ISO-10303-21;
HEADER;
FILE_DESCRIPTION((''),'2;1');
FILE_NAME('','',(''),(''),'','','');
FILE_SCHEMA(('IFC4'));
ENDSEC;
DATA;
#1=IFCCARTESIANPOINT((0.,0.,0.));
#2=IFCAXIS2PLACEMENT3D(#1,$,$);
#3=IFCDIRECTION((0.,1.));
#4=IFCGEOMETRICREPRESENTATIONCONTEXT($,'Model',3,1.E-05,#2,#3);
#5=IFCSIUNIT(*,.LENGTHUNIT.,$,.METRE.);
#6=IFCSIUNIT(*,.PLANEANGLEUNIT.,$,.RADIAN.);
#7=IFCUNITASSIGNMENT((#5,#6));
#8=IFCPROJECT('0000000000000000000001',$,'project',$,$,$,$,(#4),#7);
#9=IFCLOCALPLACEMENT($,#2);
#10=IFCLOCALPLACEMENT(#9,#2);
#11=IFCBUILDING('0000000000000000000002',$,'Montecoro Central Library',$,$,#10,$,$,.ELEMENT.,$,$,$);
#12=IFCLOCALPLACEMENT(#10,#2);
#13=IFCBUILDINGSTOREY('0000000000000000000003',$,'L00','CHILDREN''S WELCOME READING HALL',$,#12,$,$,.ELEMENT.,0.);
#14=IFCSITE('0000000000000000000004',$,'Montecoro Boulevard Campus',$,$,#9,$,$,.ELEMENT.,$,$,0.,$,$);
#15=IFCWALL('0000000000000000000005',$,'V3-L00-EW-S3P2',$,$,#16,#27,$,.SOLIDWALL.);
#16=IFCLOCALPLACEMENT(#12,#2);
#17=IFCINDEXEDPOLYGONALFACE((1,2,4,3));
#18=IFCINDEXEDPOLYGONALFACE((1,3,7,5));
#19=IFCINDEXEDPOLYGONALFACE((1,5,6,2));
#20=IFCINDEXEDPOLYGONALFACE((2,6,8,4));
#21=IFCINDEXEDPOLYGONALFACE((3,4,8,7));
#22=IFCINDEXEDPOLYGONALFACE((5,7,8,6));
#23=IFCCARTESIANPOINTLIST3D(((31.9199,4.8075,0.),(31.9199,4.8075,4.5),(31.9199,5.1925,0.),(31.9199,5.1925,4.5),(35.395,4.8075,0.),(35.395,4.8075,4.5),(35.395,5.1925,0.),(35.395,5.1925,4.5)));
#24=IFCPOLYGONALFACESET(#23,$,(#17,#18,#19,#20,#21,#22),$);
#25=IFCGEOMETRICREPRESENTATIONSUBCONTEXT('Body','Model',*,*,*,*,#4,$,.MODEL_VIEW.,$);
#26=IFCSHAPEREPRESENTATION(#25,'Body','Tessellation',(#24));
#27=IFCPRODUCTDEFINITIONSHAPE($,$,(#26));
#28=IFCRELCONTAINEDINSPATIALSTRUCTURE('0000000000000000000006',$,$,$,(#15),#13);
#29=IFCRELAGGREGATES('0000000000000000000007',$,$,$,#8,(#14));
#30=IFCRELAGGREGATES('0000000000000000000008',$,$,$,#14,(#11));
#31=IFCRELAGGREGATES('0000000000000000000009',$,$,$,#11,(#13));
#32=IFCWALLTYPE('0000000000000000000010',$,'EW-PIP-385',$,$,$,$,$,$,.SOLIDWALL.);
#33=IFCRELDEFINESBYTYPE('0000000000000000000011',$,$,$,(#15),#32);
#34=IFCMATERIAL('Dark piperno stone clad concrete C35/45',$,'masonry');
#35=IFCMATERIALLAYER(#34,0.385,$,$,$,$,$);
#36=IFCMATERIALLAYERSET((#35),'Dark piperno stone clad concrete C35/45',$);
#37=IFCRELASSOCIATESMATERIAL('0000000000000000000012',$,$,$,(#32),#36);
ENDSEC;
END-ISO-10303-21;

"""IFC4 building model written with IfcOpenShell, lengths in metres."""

from ifc_helpers import new_model, si_unit, direction, frame, frame_2d, origin, place, context, subcontext, project, spatial, rectangle, extrude, material, layer, layer_set, type_object, element, save


model = new_model("IFC4")

# Units and contexts
model_context = context("Model", 3, precision=1e-05, world=origin(), true_north=direction((0.0, 1.0)))
body_context = subcontext(model_context, "Body", "Model", "MODEL_VIEW")
ifc_project = project(units=[si_unit("LENGTHUNIT", "METRE"), si_unit("PLANEANGLEUNIT", "RADIAN")], contexts=[model_context])

# Site, building, storey
site_placement = place(None, origin())
site = spatial("IfcSite", under=ifc_project, at=site_placement, Name="Montecoro Boulevard Campus", CompositionType="ELEMENT", RefElevation=0.0)
building_placement = place(site_placement, origin())
building = spatial("IfcBuilding", under=site, at=building_placement, Name="Montecoro Central Library", CompositionType="ELEMENT")
storey_placement = place(building_placement, origin())
storey = spatial("IfcBuildingStorey", under=building, at=storey_placement, Name="L00", Description="CHILDREN'S WELCOME READING HALL", CompositionType="ELEMENT", Elevation=0.0)

# Wall
ifc_material_1 = material(Name="Dark piperno stone clad concrete C35/45", Category="masonry")
ifc_layer = layer(ifc_material_1, 0.385)
ifc_layer_set = layer_set([ifc_layer], Name="Dark piperno stone clad concrete C35/45")
wall_type = type_object("IfcWallType", Name="EW-PIP-385", PredefinedType="SOLIDWALL", material=ifc_layer_set)
for number, where, z_axis, x_axis, name in (
    (1, (31.9199, 5.0, 0.0), (0.0, 0.0, 1.0), (1.0, 0.0, 0.0), "V3-L00-EW-S3P2"),
):
    element("IfcWall", number, at=place(storey_placement, frame(where, z_axis=z_axis, x_axis=x_axis)), inside=storey, type_object=wall_type, Name=name, PredefinedType="SOLIDWALL", context=body_context, shape_type="SweptSolid", body=[
        extrude(rectangle(XDim=3.4751, YDim=0.385, at=frame_2d((1.7375, 0.0))), origin(), (0.0, 0.0, 1.0), 4.5),
    ])

save(model, "model.ifc")
